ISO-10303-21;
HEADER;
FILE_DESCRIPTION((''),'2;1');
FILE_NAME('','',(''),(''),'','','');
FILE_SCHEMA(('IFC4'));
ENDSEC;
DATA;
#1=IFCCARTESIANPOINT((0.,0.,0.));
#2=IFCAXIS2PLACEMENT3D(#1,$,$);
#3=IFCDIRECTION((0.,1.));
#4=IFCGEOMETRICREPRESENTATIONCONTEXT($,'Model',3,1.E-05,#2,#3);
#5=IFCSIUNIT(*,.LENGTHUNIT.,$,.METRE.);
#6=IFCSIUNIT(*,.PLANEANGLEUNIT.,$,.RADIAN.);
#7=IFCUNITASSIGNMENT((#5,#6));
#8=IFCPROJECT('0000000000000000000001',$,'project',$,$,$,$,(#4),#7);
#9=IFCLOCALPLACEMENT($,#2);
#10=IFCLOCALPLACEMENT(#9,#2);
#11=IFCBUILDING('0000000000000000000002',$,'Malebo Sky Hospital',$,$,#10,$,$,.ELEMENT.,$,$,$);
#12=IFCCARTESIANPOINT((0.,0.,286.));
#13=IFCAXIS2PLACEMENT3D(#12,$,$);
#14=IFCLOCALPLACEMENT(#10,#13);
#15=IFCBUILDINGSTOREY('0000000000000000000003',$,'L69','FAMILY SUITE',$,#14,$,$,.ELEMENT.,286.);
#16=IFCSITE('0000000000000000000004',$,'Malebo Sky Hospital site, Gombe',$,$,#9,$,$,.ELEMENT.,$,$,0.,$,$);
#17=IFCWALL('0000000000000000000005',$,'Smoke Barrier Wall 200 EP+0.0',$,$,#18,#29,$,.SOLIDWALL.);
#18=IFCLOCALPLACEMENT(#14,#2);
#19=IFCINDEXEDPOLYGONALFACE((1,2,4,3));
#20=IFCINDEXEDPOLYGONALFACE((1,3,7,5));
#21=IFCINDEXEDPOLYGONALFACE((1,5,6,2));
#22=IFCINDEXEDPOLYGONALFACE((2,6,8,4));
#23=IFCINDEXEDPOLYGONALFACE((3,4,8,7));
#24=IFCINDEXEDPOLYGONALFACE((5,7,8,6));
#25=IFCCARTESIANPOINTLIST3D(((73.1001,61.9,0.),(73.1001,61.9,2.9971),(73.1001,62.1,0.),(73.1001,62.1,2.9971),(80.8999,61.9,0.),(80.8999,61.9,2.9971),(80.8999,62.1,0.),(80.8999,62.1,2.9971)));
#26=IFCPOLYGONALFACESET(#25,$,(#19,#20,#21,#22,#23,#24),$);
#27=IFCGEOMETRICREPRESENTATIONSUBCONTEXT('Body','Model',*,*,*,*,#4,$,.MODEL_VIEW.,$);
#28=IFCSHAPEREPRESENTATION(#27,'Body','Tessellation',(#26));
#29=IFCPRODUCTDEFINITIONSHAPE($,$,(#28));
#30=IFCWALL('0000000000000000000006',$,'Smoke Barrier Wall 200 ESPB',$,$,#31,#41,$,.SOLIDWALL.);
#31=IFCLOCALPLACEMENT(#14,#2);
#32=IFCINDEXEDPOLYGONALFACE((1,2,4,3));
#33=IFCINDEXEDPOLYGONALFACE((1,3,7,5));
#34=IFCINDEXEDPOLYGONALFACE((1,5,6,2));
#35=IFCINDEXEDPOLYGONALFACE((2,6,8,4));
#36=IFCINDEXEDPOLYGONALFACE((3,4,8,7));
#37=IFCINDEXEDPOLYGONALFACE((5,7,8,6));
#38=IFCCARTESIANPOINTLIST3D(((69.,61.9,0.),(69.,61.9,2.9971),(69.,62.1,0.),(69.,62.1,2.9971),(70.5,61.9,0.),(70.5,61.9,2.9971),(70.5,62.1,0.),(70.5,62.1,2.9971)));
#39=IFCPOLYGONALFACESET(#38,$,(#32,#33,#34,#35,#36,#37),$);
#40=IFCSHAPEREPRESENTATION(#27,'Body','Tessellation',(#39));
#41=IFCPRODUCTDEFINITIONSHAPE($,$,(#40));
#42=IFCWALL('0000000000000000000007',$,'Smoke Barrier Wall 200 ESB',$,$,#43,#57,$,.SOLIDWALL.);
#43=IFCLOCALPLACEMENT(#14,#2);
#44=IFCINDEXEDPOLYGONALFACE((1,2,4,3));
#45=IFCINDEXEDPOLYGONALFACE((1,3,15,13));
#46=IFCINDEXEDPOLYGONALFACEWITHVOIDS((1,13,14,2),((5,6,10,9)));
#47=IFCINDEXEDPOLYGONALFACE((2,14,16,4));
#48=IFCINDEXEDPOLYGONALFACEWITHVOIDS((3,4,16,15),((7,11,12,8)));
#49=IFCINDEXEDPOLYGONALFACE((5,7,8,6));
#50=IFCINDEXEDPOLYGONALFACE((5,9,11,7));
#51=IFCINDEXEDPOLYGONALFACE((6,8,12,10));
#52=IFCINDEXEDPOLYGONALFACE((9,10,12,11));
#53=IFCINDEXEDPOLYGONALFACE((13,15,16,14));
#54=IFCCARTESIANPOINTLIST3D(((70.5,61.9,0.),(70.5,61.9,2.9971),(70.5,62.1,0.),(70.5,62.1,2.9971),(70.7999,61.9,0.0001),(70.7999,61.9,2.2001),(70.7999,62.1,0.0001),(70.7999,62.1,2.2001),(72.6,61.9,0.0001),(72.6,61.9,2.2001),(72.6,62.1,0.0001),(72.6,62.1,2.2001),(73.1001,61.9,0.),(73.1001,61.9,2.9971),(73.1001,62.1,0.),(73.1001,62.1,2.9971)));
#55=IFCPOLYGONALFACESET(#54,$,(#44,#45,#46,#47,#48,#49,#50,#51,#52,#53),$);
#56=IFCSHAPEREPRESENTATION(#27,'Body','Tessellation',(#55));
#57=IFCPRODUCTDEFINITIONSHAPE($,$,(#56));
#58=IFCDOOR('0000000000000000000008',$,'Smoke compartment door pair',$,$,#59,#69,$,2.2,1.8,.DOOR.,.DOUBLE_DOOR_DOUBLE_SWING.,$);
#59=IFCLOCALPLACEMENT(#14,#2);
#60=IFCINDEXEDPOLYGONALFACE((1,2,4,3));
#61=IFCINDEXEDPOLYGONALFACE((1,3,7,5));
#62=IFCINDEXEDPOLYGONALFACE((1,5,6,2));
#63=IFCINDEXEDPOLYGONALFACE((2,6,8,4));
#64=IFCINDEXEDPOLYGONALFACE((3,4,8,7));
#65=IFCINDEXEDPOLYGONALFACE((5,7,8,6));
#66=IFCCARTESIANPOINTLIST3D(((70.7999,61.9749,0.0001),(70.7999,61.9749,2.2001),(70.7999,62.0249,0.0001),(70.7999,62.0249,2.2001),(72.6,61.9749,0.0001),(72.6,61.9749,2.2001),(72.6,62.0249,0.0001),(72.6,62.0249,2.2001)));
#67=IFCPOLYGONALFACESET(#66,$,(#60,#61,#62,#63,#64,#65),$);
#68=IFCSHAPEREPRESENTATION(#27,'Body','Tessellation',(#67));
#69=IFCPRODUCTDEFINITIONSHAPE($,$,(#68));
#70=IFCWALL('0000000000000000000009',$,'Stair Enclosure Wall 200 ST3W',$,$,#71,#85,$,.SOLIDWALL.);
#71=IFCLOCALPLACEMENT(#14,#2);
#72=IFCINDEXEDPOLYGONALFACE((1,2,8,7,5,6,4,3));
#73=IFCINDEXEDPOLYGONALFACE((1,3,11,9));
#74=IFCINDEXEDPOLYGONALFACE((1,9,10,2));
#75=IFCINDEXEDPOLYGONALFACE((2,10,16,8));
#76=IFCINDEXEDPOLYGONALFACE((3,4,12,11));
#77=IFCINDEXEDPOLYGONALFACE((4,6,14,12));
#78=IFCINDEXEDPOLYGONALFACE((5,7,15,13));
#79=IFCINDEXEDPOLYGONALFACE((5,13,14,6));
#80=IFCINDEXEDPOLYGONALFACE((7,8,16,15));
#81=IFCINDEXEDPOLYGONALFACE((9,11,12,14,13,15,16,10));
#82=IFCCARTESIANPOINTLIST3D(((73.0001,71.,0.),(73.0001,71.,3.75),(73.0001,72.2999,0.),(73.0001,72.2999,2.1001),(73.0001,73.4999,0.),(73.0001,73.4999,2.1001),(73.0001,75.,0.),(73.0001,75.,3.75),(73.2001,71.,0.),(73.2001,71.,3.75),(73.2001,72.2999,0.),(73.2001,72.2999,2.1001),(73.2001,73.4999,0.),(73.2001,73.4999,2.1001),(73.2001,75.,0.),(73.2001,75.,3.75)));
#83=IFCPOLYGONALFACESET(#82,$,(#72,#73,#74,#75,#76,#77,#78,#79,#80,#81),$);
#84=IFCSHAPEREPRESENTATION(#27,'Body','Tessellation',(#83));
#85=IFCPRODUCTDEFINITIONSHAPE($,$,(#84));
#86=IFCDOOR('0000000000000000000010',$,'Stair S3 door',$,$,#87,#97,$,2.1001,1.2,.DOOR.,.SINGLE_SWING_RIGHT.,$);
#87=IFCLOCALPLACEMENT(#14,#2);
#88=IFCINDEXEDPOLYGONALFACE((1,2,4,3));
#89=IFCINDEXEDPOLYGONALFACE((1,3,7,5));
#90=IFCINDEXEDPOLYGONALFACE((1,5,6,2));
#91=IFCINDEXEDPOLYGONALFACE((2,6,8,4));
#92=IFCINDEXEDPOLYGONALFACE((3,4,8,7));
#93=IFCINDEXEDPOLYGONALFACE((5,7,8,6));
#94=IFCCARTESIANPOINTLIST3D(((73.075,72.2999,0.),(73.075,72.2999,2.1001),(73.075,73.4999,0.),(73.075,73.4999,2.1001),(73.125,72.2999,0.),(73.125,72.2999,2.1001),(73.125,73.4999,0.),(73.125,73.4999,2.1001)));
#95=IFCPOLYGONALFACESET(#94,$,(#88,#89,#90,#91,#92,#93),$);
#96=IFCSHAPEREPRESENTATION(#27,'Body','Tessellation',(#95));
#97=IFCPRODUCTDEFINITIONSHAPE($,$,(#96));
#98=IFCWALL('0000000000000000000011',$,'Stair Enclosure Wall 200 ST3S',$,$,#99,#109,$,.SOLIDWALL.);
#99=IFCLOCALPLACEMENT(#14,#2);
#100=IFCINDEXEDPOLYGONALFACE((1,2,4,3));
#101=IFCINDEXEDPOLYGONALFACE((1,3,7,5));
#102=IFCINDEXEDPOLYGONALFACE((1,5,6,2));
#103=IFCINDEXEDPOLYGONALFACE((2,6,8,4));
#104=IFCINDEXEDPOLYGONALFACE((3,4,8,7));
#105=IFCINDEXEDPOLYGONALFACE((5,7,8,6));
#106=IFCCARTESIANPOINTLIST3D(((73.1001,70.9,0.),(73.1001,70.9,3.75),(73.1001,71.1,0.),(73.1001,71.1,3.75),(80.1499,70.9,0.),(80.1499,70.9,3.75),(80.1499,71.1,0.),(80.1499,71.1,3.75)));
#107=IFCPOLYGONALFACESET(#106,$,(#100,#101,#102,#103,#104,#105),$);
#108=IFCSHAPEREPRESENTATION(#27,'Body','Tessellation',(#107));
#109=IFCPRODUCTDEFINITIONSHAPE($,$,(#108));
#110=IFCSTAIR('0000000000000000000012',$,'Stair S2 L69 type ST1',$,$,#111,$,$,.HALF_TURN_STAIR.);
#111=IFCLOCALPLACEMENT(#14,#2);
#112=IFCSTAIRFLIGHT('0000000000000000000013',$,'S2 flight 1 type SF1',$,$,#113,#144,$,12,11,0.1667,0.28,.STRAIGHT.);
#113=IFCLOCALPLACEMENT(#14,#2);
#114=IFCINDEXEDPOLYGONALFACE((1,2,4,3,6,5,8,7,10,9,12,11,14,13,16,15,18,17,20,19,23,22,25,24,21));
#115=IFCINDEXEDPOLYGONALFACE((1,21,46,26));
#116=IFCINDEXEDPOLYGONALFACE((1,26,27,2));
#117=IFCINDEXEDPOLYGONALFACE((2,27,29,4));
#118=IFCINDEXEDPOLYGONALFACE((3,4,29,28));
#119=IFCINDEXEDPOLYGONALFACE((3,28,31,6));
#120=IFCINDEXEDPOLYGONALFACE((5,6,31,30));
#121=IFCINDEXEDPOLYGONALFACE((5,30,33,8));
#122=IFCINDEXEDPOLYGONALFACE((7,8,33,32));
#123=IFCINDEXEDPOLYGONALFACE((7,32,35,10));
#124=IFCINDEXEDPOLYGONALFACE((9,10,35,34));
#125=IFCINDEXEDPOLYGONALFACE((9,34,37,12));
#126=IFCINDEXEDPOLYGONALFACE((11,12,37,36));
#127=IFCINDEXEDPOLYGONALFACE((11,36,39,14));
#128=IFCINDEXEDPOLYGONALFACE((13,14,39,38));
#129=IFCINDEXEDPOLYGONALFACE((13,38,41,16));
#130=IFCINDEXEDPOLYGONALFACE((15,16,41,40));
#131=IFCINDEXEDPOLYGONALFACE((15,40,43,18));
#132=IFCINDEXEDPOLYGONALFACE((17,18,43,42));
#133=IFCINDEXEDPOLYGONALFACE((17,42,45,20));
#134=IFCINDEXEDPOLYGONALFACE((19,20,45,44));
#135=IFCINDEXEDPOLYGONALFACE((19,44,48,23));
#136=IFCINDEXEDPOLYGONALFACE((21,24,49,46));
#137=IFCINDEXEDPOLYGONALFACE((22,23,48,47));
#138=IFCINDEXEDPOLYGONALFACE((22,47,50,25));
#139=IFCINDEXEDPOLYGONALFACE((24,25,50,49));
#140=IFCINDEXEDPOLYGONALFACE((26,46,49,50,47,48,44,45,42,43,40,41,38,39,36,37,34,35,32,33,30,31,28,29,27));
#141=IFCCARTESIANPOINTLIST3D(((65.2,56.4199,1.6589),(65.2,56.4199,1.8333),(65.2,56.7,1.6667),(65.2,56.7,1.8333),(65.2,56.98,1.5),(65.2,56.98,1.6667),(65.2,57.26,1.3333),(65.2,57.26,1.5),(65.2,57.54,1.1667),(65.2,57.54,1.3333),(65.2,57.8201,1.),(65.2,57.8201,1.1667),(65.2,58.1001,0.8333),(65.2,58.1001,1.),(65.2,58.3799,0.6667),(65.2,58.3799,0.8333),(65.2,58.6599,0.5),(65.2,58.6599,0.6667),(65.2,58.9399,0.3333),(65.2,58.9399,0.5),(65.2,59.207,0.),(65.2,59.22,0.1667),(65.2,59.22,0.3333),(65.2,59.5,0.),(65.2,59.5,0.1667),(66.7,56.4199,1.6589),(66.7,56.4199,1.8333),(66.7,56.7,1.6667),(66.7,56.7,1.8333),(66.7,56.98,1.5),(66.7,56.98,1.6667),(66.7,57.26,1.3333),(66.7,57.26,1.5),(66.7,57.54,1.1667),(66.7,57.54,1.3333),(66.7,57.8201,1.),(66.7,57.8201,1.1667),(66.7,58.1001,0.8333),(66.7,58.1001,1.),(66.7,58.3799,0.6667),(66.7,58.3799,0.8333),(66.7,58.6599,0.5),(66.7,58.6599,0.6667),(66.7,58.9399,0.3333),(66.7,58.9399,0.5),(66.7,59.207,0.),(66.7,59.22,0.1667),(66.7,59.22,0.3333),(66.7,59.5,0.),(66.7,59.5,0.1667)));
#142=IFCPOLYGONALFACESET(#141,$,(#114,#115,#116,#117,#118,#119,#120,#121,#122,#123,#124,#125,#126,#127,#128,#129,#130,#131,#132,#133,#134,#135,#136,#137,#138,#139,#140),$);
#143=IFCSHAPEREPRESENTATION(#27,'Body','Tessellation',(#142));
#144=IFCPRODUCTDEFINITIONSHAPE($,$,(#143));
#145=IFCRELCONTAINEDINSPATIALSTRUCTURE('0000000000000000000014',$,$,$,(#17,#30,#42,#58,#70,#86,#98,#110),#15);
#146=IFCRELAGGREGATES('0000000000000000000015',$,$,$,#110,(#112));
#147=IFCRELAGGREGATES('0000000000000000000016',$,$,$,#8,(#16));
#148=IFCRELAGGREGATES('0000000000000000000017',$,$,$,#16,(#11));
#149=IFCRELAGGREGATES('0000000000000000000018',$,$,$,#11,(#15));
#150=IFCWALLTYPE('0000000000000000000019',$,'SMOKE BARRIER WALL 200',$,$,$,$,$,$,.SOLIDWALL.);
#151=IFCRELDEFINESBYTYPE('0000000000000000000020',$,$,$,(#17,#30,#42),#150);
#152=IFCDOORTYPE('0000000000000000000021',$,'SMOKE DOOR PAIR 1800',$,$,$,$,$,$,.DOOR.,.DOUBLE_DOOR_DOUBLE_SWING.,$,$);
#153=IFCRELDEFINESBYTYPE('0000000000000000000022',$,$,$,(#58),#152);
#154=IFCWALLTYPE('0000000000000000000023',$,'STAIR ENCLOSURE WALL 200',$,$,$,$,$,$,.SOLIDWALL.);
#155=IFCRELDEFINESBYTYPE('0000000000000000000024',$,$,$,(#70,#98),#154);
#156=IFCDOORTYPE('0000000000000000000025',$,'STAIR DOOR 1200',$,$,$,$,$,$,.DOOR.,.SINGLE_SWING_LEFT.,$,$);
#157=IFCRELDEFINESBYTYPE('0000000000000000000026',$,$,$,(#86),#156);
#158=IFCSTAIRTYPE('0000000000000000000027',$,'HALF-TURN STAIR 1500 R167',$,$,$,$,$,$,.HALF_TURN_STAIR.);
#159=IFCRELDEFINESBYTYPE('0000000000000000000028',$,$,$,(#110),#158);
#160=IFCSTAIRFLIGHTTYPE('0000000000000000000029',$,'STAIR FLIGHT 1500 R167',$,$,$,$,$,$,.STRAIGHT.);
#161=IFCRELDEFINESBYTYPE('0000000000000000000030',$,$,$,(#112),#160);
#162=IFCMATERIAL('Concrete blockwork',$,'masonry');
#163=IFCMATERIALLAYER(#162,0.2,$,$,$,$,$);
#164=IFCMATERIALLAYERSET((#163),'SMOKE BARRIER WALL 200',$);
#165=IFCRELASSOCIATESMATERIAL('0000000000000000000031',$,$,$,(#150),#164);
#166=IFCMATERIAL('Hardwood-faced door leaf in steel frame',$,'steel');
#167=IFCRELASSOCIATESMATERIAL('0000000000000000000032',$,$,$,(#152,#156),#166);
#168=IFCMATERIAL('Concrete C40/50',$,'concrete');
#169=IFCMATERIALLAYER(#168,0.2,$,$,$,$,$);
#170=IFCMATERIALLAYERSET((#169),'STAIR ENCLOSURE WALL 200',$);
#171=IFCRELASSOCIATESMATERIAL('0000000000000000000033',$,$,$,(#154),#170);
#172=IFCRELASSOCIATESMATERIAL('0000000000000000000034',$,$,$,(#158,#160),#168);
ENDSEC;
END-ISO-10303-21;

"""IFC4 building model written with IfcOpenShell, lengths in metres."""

from ifc_helpers import new_model, si_unit, direction, frame, frame_2d, origin, place, context, subcontext, project, spatial, polyline, rectangle, outline, extrude, material, layer, layer_set, type_object, element, fill, aggregate, save


model = new_model("IFC4")

# Units and contexts
model_context = context("Model", 3, precision=1e-05, world=origin(), true_north=direction((0.0, 1.0)))
body_context = subcontext(model_context, "Body", "Model", "MODEL_VIEW")
ifc_project = project(units=[si_unit("LENGTHUNIT", "METRE"), si_unit("PLANEANGLEUNIT", "RADIAN")], contexts=[model_context])

# Site, building, storey
site_placement = place(None, origin())
site = spatial("IfcSite", under=ifc_project, at=site_placement, Name="Malebo Sky Hospital site, Gombe", CompositionType="ELEMENT", RefElevation=0.0)
building_placement = place(site_placement, origin())
building = spatial("IfcBuilding", under=site, at=building_placement, Name="Malebo Sky Hospital", CompositionType="ELEMENT")
storey_placement = place(building_placement, frame((0.0, 0.0, 286.0)))
storey = spatial("IfcBuildingStorey", under=building, at=storey_placement, Name="L69", Description="FAMILY SUITE", CompositionType="ELEMENT", Elevation=286.0)

# Shared definitions
ifc_material_1 = material(Name="Hardwood-faced door leaf in steel frame", Category="steel")

# Walls
ifc_material_2 = material(Name="Concrete blockwork", Category="masonry")
ifc_layer_1 = layer(ifc_material_2, 0.2)
ifc_layer_set_1 = layer_set([ifc_layer_1], Name="SMOKE BARRIER WALL 200")
wall_type_1 = type_object("IfcWallType", Name="SMOKE BARRIER WALL 200", PredefinedType="SOLIDWALL", material=ifc_layer_set_1)
wall_1_placement = place(storey_placement, frame((73.1001, 62.0, 0.0), z_axis=(0.0, 0.0, 1.0), x_axis=(1.0, 0.0, 0.0)))
element("IfcWall", 1, at=wall_1_placement, inside=storey, type_object=wall_type_1, Name="Smoke Barrier Wall 200 EP+0.0", PredefinedType="SOLIDWALL", context=body_context, shape_type="SweptSolid", body=[
    extrude(rectangle(XDim=7.7998, YDim=0.2, at=frame_2d((3.8999, 0.0))), origin(), (0.0, 0.0, 1.0), 2.9971),
])
wall_2_placement = place(storey_placement, frame((69.0, 62.0, 0.0), z_axis=(0.0, 0.0, 1.0), x_axis=(1.0, 0.0, 0.0)))
element("IfcWall", 2, at=wall_2_placement, inside=storey, type_object=wall_type_1, Name="Smoke Barrier Wall 200 ESPB", PredefinedType="SOLIDWALL", context=body_context, shape_type="SweptSolid", body=[
    extrude(rectangle(XDim=1.5, YDim=0.2, at=frame_2d((0.75, 0.0))), origin(), (0.0, 0.0, 1.0), 2.9971),
])

# Walls, openings, doors
wall_3_placement = place(storey_placement, frame((70.5, 62.0, 0.0), z_axis=(0.0, 0.0, 1.0), x_axis=(1.0, 0.0, 0.0)))
wall_3 = element("IfcWall", 3, at=wall_3_placement, inside=storey, type_object=wall_type_1, Name="Smoke Barrier Wall 200 ESB", PredefinedType="SOLIDWALL", context=body_context, shape_type="SweptSolid", body=[
    extrude(rectangle(XDim=2.6001, YDim=0.2, at=frame_2d((1.3, 0.0))), origin(), (0.0, 0.0, 1.0), 2.9971),
])
opening_1_placement = place(wall_3_placement, frame((0.3, 0.0, 0.0)))
opening_1 = element("IfcOpeningElement", 4, at=opening_1_placement, cuts=wall_3, PredefinedType="OPENING", context=body_context, shape_type="SweptSolid", body=[
    extrude(rectangle(XDim=1.8, YDim=2.2, at=frame_2d((0.8999, 1.1001))), frame((0.0, 0.1099, 0.0), z_axis=(0.0, -1.0, 0.0), x_axis=(1.0, 0.0, 0.0)), (0.0, 0.0, 1.0), 0.22),
])
door_type_1 = type_object("IfcDoorType", Name="SMOKE DOOR PAIR 1800", OperationType="DOUBLE_DOOR_DOUBLE_SWING", PredefinedType="DOOR", material=ifc_material_1)
door_1_placement = place(opening_1_placement, origin())
door_1 = element("IfcDoor", 5, at=door_1_placement, inside=storey, type_object=door_type_1, Name="Smoke compartment door pair", OperationType="DOUBLE_DOOR_DOUBLE_SWING", OverallHeight=2.2, OverallWidth=1.8, PredefinedType="DOOR", context=body_context, shape_type="SweptSolid", body=[
    extrude(rectangle(XDim=1.8, YDim=2.2, at=frame_2d((0.8999, 1.1001))), frame((0.0, 0.0249, 0.0), z_axis=(0.0, -1.0, 0.0), x_axis=(1.0, 0.0, 0.0)), (0.0, 0.0, 1.0), 0.05),
])
fill(opening_1, door_1)
ifc_material_3 = material(Name="Concrete C40/50", Category="concrete")
ifc_layer_2 = layer(ifc_material_3, 0.2)
ifc_layer_set_2 = layer_set([ifc_layer_2], Name="STAIR ENCLOSURE WALL 200")
wall_type_2 = type_object("IfcWallType", Name="STAIR ENCLOSURE WALL 200", PredefinedType="SOLIDWALL", material=ifc_layer_set_2)
wall_4_placement = place(storey_placement, frame((73.1001, 75.0, 0.0), z_axis=(0.0, 0.0, 1.0), x_axis=(0.0, -1.0, 0.0)))
wall_4 = element("IfcWall", 6, at=wall_4_placement, inside=storey, type_object=wall_type_2, Name="Stair Enclosure Wall 200 ST3W", PredefinedType="SOLIDWALL", context=body_context, shape_type="SweptSolid", body=[
    extrude(rectangle(XDim=4.0, YDim=0.2, at=frame_2d((2.0, 0.0))), origin(), (0.0, 0.0, 1.0), 3.75),
])
opening_2_placement = place(wall_4_placement, frame((1.5, 0.0, 0.0)))
opening_2 = element("IfcOpeningElement", 7, at=opening_2_placement, cuts=wall_4, PredefinedType="OPENING", context=body_context, shape_type="SweptSolid", body=[
    extrude(rectangle(XDim=1.2, YDim=2.1001, at=frame_2d((0.6001, 1.05))), frame((0.0, 0.1099, 0.0), z_axis=(0.0, -1.0, 0.0), x_axis=(1.0, 0.0, 0.0)), (0.0, 0.0, 1.0), 0.22),
])
door_type_2 = type_object("IfcDoorType", Name="STAIR DOOR 1200", OperationType="SINGLE_SWING_LEFT", PredefinedType="DOOR", material=ifc_material_1)
door_2_placement = place(opening_2_placement, origin())
door_2 = element("IfcDoor", 8, at=door_2_placement, inside=storey, type_object=door_type_2, Name="Stair S3 door", OperationType="SINGLE_SWING_RIGHT", OverallHeight=2.1001, OverallWidth=1.2, PredefinedType="DOOR", context=body_context, shape_type="SweptSolid", body=[
    extrude(rectangle(XDim=1.2, YDim=2.1001, at=frame_2d((0.6001, 1.05))), frame((0.0, 0.0249, 0.0), z_axis=(0.0, -1.0, 0.0), x_axis=(1.0, 0.0, 0.0)), (0.0, 0.0, 1.0), 0.05),
])
fill(opening_2, door_2)

# Wall
wall_5_placement = place(storey_placement, frame((73.1001, 71.0, 0.0), z_axis=(0.0, 0.0, 1.0), x_axis=(1.0, 0.0, 0.0)))
element("IfcWall", 9, at=wall_5_placement, inside=storey, type_object=wall_type_2, Name="Stair Enclosure Wall 200 ST3S", PredefinedType="SOLIDWALL", context=body_context, shape_type="SweptSolid", body=[
    extrude(rectangle(XDim=7.0498, YDim=0.2, at=frame_2d((3.5249, 0.0))), origin(), (0.0, 0.0, 1.0), 3.75),
])

# Stair, stair flight
stair_type = type_object("IfcStairType", Name="HALF-TURN STAIR 1500 R167", PredefinedType="HALF_TURN_STAIR", material=ifc_material_3)
stair_placement = place(storey_placement, origin())
stair = element("IfcStair", 10, at=stair_placement, inside=storey, type_object=stair_type, Name="Stair S2 L69 type ST1", PredefinedType="HALF_TURN_STAIR")
stair_flight_type = type_object("IfcStairFlightType", Name="STAIR FLIGHT 1500 R167", PredefinedType="STRAIGHT", material=ifc_material_3)
stair_flight_placement = place(storey_placement, frame((65.95, 59.5, 0.0), z_axis=(0.0, 0.0, 1.0), x_axis=(0.0, -1.0, 0.0)))
stair_flight = element("IfcStairFlight", 11, at=stair_flight_placement, type_object=stair_flight_type, Name="S2 flight 1 type SF1", NumberOfRisers=12, NumberOfTreads=11, PredefinedType="STRAIGHT", RiserHeight=0.1667, TreadLength=0.28, context=body_context, shape_type="SweptSolid", body=[
    extrude(outline(polyline([(0.0, 0.0), (0.0, 0.1667), (0.28, 0.1667), (0.28, 0.3333), (0.5601, 0.3333), (0.5601, 0.5), (0.8401, 0.5), (0.8401, 0.6667), (1.1201, 0.6667), (1.1201, 0.8333), (1.3999, 0.8333), (1.3999, 1.0), (1.6799, 1.0), (1.6799, 1.1667), (1.96, 1.1667), (1.96, 1.3333), (2.24, 1.3333), (2.24, 1.5), (2.52, 1.5), (2.52, 1.6667), (2.8, 1.6667), (2.8, 1.8333), (3.0801, 1.8333), (3.0801, 2.0), (3.0801, 1.6589), (0.293, 0.0), (0.0, 0.0)])), frame((0.0, 0.75, 0.0), z_axis=(0.0, -1.0, 0.0), x_axis=(1.0, 0.0, 0.0)), (0.0, 0.0, 1.0), 1.5),
])
aggregate(stair, [stair_flight])

save(model, "model.ifc")
